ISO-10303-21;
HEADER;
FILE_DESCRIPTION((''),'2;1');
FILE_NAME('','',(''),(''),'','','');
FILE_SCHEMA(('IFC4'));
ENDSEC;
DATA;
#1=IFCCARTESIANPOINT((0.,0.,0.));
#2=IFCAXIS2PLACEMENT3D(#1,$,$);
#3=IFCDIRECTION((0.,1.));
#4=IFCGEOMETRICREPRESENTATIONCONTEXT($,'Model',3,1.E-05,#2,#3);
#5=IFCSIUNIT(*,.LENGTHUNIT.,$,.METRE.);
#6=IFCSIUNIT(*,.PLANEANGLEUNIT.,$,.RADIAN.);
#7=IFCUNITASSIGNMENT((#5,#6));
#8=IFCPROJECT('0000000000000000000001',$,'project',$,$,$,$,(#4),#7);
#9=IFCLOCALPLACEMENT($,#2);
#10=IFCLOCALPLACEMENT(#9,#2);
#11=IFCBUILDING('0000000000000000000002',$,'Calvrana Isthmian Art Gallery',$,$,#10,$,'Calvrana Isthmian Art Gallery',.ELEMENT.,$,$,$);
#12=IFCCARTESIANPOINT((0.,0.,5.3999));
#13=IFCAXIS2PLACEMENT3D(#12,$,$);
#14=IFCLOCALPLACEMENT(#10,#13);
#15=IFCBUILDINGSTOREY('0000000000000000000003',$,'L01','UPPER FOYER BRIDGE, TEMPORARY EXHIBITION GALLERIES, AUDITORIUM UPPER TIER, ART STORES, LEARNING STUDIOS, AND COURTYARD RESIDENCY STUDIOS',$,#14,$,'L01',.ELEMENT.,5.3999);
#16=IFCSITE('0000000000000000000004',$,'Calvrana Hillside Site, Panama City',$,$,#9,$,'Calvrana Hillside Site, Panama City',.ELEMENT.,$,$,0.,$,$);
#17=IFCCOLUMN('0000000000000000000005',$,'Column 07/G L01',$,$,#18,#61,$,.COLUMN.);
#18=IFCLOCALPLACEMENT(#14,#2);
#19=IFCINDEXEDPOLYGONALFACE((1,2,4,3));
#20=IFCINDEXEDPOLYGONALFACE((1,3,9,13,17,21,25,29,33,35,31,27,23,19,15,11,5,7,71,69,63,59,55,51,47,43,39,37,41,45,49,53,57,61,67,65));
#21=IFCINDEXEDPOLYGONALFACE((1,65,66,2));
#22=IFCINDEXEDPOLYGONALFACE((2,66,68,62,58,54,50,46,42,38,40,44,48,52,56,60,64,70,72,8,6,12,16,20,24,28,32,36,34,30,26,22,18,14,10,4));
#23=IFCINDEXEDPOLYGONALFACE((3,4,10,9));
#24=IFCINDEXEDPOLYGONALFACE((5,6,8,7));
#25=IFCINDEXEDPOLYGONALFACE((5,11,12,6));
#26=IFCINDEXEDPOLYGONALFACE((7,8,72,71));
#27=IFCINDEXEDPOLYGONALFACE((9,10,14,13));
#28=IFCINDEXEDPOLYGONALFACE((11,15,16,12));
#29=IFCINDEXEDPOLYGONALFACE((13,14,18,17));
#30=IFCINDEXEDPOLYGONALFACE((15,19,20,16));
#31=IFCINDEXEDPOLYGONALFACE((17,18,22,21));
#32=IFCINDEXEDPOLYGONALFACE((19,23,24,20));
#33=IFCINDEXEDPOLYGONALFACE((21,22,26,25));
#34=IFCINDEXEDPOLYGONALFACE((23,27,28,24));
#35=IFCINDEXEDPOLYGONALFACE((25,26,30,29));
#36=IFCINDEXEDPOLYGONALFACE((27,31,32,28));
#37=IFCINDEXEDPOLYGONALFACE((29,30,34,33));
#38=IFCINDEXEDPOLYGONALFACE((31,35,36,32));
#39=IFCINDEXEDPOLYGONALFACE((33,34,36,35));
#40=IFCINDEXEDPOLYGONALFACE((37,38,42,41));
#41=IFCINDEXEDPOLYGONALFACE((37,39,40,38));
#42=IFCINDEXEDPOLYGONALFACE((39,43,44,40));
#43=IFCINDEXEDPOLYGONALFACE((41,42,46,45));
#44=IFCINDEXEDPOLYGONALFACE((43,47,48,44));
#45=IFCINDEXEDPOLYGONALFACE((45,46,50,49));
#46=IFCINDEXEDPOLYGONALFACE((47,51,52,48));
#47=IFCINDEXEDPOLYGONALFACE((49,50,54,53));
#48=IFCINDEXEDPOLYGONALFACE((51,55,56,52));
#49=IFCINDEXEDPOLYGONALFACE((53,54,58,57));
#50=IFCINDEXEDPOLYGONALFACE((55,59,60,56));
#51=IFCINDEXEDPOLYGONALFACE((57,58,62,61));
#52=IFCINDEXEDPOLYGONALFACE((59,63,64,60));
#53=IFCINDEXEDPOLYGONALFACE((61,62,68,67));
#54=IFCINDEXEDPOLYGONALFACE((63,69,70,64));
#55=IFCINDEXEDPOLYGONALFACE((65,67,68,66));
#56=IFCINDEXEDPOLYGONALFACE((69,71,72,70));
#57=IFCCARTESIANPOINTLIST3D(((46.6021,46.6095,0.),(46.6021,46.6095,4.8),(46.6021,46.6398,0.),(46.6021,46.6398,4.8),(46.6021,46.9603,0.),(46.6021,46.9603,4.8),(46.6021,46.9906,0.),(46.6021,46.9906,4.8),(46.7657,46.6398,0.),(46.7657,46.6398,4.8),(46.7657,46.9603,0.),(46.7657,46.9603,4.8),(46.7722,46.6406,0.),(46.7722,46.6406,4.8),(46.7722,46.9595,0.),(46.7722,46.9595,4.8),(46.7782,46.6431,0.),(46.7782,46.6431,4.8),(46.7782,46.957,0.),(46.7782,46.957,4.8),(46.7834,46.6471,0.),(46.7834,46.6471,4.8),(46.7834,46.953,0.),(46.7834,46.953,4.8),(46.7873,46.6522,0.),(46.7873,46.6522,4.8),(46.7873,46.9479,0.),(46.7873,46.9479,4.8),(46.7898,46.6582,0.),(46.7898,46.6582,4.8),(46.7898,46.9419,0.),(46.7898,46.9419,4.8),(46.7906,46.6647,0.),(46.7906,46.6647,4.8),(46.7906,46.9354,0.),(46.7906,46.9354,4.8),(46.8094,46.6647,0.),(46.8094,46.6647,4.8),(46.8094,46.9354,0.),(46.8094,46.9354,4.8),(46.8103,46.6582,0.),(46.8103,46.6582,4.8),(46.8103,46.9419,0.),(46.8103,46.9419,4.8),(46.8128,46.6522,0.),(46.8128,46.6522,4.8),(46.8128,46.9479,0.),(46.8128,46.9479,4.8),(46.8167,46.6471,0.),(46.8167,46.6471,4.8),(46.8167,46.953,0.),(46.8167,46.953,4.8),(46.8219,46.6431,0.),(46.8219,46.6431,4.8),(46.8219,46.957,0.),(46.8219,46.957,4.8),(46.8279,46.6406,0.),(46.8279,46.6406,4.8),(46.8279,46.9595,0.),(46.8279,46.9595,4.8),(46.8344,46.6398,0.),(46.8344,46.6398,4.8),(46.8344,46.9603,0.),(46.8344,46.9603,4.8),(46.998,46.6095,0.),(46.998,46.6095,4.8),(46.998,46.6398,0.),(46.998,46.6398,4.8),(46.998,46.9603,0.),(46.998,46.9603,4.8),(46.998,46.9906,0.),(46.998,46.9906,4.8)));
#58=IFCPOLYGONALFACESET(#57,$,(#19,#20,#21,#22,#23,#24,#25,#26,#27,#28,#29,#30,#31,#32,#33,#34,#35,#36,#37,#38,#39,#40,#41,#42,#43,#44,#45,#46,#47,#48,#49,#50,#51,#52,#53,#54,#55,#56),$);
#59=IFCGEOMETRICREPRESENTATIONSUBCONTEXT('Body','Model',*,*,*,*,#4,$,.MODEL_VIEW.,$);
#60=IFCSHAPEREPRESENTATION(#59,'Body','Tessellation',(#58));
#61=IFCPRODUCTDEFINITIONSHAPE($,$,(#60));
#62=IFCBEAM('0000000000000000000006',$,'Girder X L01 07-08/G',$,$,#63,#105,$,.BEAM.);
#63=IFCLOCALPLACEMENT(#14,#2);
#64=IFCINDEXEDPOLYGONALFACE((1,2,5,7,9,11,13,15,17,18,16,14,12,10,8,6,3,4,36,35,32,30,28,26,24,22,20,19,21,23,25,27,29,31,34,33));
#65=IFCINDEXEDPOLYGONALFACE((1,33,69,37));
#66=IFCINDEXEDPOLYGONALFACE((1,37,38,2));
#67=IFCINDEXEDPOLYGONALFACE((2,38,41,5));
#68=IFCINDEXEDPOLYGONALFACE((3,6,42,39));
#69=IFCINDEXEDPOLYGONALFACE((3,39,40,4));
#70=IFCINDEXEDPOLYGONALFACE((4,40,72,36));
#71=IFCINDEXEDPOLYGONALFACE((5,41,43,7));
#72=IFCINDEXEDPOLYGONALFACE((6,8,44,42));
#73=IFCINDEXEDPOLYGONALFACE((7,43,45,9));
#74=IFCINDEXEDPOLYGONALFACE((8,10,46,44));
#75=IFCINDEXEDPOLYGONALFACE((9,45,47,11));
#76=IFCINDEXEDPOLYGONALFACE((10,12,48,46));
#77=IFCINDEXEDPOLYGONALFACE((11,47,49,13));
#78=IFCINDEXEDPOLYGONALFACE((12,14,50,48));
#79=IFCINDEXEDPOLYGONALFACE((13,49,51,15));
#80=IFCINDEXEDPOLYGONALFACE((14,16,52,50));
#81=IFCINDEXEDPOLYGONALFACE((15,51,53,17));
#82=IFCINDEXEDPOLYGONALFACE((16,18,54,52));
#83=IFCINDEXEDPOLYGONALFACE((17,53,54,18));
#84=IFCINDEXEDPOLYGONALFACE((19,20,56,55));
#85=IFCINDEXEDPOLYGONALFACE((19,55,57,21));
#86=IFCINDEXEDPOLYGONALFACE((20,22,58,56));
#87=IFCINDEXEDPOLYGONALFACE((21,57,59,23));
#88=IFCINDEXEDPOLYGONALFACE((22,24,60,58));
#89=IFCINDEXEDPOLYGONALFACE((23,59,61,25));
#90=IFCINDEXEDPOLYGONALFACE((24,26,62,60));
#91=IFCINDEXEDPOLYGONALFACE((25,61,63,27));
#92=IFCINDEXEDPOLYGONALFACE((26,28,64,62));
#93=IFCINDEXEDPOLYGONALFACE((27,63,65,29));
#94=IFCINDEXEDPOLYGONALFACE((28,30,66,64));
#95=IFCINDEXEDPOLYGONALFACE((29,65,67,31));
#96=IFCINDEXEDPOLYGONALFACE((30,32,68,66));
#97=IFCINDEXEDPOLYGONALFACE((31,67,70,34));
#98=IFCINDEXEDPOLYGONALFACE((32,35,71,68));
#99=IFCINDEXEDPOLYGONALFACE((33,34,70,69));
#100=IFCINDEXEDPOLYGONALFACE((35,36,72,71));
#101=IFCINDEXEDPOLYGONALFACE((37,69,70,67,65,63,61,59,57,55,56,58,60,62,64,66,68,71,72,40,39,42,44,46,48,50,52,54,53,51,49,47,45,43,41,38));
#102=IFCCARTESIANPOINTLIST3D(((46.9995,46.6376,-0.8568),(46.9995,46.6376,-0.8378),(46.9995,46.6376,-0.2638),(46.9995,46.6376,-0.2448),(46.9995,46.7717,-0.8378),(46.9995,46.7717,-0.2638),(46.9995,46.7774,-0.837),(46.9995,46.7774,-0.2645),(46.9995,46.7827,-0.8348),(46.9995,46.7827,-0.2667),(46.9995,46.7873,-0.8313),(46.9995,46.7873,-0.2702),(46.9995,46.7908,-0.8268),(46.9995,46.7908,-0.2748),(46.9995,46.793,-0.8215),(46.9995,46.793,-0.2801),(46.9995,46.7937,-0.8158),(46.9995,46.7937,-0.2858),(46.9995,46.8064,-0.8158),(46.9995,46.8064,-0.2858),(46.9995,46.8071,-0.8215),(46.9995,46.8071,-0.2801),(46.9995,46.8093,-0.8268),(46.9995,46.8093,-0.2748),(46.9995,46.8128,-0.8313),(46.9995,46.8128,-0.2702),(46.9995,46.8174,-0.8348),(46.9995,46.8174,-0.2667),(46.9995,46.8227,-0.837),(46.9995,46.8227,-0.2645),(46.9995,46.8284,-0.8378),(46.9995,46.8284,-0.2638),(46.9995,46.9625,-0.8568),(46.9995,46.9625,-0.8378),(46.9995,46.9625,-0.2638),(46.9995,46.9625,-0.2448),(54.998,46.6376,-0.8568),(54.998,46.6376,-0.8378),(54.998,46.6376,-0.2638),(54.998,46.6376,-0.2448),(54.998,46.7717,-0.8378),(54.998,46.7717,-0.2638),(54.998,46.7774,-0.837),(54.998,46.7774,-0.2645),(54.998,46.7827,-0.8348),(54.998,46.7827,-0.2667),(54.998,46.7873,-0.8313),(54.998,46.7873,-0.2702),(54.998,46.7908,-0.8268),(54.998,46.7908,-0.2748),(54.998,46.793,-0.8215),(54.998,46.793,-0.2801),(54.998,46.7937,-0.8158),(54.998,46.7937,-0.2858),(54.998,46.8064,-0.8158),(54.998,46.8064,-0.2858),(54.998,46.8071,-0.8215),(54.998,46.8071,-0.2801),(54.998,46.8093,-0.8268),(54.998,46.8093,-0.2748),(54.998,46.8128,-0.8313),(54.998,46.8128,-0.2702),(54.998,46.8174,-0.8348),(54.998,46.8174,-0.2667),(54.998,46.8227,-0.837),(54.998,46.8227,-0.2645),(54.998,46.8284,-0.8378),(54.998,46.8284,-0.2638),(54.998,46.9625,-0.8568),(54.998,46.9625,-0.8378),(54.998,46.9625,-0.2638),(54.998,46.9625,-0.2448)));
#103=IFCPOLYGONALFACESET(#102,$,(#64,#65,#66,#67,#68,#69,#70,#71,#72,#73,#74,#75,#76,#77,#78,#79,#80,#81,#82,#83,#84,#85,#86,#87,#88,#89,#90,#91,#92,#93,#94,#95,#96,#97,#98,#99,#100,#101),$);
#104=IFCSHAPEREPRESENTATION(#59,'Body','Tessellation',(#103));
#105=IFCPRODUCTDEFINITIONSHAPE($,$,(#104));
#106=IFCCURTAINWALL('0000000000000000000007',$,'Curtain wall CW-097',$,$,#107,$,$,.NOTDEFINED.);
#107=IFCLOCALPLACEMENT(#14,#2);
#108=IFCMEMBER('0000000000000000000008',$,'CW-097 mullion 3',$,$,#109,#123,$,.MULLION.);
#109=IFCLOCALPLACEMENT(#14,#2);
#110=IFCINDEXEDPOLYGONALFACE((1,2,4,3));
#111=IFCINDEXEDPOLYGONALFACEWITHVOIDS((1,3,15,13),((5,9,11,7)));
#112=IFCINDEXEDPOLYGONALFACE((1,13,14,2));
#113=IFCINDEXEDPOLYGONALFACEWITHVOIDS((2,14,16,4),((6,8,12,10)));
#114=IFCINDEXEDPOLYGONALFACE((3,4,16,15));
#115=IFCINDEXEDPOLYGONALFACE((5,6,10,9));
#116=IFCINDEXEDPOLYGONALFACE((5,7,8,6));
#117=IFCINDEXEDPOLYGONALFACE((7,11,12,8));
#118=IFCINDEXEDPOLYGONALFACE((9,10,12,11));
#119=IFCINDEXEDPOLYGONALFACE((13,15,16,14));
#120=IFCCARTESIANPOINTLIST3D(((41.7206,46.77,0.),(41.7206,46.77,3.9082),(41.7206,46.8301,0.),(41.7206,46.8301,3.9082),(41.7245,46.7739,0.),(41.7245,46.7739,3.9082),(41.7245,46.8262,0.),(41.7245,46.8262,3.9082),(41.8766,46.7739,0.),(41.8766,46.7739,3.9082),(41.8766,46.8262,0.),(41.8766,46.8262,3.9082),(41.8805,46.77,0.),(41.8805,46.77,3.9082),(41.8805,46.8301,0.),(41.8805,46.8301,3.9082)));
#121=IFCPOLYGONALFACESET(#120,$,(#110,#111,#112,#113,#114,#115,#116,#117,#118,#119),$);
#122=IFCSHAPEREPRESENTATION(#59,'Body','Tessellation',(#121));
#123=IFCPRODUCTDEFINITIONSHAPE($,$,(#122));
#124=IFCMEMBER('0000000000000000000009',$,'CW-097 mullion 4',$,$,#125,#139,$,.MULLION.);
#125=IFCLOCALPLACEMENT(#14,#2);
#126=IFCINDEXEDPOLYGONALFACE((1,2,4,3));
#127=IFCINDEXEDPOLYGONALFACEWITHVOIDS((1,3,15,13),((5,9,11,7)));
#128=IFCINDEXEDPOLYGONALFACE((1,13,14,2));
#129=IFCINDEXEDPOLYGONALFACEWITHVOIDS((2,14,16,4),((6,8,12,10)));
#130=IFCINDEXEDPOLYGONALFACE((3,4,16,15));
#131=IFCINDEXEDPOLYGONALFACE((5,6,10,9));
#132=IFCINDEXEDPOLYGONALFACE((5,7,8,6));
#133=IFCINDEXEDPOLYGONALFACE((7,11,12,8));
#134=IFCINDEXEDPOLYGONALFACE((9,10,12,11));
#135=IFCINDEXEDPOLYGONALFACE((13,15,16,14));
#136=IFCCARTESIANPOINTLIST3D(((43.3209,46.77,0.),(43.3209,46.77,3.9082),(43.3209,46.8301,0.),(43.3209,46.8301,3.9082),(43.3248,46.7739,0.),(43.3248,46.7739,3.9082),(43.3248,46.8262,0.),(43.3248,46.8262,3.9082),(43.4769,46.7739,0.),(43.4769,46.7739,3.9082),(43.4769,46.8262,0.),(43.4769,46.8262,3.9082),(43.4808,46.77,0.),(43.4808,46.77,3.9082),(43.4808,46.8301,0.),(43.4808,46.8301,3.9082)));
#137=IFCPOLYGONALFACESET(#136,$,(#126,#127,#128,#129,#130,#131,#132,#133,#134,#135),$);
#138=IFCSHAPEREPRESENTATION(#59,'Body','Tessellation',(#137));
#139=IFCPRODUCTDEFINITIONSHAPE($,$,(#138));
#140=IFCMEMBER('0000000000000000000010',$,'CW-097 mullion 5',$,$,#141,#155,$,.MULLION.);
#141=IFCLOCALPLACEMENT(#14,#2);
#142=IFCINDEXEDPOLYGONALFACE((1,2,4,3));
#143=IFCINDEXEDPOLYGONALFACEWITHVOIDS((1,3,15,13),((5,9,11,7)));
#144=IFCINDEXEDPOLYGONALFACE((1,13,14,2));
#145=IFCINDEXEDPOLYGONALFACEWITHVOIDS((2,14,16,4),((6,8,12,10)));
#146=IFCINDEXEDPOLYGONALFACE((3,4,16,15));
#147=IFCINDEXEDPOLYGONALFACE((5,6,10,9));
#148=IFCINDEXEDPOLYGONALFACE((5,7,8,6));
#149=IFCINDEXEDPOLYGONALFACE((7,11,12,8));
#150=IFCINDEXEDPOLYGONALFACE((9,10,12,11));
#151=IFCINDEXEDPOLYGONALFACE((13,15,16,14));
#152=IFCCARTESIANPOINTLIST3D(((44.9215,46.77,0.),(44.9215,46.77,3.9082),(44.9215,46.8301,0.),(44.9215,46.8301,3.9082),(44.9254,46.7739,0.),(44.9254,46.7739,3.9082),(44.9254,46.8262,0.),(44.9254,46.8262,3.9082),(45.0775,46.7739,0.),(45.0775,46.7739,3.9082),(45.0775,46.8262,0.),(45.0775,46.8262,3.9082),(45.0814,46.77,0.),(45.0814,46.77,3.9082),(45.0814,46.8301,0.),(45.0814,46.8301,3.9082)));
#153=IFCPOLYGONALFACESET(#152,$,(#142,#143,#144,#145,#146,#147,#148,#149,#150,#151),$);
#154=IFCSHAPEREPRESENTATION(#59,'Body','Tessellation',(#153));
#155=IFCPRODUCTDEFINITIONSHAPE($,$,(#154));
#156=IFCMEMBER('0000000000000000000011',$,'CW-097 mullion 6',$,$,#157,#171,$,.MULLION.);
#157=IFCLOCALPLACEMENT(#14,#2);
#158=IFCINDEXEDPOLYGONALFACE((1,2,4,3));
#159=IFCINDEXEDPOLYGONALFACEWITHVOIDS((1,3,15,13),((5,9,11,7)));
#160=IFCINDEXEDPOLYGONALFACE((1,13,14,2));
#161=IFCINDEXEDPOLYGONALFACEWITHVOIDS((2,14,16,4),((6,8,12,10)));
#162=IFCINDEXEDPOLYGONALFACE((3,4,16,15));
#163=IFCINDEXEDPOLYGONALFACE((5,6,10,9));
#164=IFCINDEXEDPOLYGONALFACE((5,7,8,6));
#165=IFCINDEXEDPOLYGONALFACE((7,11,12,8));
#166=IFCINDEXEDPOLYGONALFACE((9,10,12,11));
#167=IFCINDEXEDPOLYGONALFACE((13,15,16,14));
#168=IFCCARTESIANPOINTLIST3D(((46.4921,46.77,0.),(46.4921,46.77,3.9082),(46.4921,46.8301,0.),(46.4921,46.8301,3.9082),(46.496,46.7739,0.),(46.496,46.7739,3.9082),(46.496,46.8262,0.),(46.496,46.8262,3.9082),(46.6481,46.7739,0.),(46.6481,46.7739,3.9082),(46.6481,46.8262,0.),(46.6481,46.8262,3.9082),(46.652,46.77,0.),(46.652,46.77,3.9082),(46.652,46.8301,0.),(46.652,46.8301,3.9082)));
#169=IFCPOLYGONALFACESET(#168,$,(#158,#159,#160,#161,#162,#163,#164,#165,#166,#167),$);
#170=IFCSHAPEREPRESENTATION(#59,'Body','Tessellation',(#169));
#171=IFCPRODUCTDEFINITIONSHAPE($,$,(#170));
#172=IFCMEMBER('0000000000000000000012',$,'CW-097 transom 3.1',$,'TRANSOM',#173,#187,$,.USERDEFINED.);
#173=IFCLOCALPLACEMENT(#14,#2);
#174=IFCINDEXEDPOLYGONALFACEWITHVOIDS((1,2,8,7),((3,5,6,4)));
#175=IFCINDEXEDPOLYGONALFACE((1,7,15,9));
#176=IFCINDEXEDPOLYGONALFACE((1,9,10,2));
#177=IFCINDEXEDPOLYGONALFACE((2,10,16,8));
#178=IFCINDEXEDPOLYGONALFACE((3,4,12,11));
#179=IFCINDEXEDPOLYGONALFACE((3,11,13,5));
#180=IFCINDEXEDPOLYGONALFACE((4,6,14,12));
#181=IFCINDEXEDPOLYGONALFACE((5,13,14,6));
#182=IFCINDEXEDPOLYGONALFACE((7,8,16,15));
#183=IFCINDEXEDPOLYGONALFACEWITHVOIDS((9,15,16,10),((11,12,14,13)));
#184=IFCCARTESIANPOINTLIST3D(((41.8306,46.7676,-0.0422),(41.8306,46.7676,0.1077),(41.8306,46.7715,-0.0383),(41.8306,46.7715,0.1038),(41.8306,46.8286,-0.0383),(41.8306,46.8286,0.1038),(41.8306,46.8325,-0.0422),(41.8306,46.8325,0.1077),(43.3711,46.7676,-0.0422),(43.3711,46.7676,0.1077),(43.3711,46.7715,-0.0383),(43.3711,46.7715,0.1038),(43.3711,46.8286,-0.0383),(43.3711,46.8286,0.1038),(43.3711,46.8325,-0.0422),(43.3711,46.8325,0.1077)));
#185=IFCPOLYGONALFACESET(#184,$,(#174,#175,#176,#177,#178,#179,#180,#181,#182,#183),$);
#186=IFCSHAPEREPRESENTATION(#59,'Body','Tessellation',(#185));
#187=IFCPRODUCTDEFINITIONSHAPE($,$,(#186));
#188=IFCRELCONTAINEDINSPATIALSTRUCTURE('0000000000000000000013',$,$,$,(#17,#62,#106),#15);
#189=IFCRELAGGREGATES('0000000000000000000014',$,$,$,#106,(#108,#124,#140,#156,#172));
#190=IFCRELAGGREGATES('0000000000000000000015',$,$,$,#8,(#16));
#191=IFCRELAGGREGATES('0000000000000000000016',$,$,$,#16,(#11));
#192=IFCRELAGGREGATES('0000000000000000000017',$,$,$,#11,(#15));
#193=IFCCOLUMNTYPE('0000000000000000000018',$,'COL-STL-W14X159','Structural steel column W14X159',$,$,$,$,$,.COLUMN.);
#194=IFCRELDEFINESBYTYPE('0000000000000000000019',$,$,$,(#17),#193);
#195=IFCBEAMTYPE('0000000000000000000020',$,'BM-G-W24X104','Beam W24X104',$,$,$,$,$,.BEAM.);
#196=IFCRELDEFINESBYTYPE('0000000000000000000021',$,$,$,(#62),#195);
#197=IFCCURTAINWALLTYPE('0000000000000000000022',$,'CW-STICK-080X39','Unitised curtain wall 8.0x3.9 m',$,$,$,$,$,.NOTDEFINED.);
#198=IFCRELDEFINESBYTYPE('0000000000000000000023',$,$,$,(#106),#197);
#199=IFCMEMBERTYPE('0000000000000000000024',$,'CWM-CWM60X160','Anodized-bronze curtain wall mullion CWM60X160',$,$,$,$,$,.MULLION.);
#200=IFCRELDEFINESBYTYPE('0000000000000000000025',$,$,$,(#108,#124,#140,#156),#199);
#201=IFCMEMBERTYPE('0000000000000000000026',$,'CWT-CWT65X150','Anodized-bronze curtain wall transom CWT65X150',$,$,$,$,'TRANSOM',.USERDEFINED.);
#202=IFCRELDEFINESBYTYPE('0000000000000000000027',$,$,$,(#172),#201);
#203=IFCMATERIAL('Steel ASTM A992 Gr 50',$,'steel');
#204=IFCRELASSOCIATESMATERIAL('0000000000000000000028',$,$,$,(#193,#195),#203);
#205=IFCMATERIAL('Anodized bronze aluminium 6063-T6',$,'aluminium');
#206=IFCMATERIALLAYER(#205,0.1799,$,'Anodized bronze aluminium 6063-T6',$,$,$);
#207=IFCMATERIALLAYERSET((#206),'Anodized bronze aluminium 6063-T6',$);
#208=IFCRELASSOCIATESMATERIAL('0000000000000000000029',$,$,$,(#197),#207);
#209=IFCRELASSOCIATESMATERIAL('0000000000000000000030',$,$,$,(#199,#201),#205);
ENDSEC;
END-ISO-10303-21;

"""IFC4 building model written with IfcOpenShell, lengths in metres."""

from ifc_helpers import new_model, si_unit, direction, frame, origin, origin_2d, place, context, subcontext, project, spatial, hollow_rectangle, i_section, extrude, material, layer, layer_set, material_profile, profile_set, type_object, element, aggregate, save


model = new_model("IFC4")

# Units and contexts
model_context = context("Model", 3, precision=1e-05, world=origin(), true_north=direction((0.0, 1.0)))
body_context = subcontext(model_context, "Body", "Model", "MODEL_VIEW")
ifc_project = project(units=[si_unit("LENGTHUNIT", "METRE"), si_unit("PLANEANGLEUNIT", "RADIAN")], contexts=[model_context])

# Site, building, storey
site_placement = place(None, origin())
site = spatial("IfcSite", under=ifc_project, at=site_placement, Name="Calvrana Hillside Site, Panama City", LongName="Calvrana Hillside Site, Panama City", CompositionType="ELEMENT", RefElevation=0.0)
building_placement = place(site_placement, origin())
building = spatial("IfcBuilding", under=site, at=building_placement, Name="Calvrana Isthmian Art Gallery", LongName="Calvrana Isthmian Art Gallery", CompositionType="ELEMENT")
storey_placement = place(building_placement, frame((0.0, 0.0, 5.3999)))
storey = spatial("IfcBuildingStorey", under=building, at=storey_placement, Name="L01", Description="UPPER FOYER BRIDGE, TEMPORARY EXHIBITION GALLERIES, AUDITORIUM UPPER TIER, ART STORES, LEARNING STUDIOS, AND COURTYARD RESIDENCY STUDIOS", LongName="L01", CompositionType="ELEMENT", Elevation=5.3999)

# Column
ifc_material_1 = material(Name="Steel ASTM A992 Gr 50", Category="steel")
ifc_material_profile_1 = material_profile(ifc_material_1, i_section(OverallWidth=0.396, OverallDepth=0.3811, WebThickness=0.0188, FlangeThickness=0.0303, FilletRadius=0.0249, at=origin_2d()), Name="W14X159")
ifc_profile_set_1 = profile_set([ifc_material_profile_1], Name="Steel ASTM A992 Gr 50")
column_type = type_object("IfcColumnType", Name="COL-STL-W14X159", Description="Structural steel column W14X159", PredefinedType="COLUMN", material=ifc_profile_set_1)
column_placement = place(storey_placement, frame((46.8, 46.8, 0.0), z_axis=(0.0, 0.0, 1.0), x_axis=(1.0, 0.0, 0.0)))
element("IfcColumn", 1, at=column_placement, inside=storey, type_object=column_type, Name="Column 07/G L01", PredefinedType="COLUMN", context=body_context, shape_type="SweptSolid", body=[
    extrude(i_section(OverallWidth=0.396, OverallDepth=0.3811, WebThickness=0.0188, FlangeThickness=0.0303, FilletRadius=0.0249, at=origin_2d()), origin(), (0.0, 0.0, 1.0), 4.8),
])

# Beam
ifc_material_profile_2 = material_profile(ifc_material_1, i_section(OverallWidth=0.325, OverallDepth=0.6121, WebThickness=0.0127, FlangeThickness=0.019, FilletRadius=0.022, at=origin_2d()), Name="W24X104")
ifc_profile_set_2 = profile_set([ifc_material_profile_2], Name="Steel ASTM A992 Gr 50")
beam_type = type_object("IfcBeamType", Name="BM-G-W24X104", Description="Beam W24X104", PredefinedType="BEAM", material=ifc_profile_set_2)
beam_placement = place(storey_placement, frame((46.9995, 46.8, -0.5508), z_axis=(1.0, 0.0, 0.0), x_axis=(0.0, 1.0, 0.0)))
element("IfcBeam", 2, at=beam_placement, inside=storey, type_object=beam_type, Name="Girder X L01 07-08/G", PredefinedType="BEAM", context=body_context, shape_type="SweptSolid", body=[
    extrude(i_section(OverallWidth=0.325, OverallDepth=0.6121, WebThickness=0.0127, FlangeThickness=0.019, FilletRadius=0.022, at=origin_2d()), origin(), (0.0, 0.0, 1.0), 7.9985),
])

# Curtain wall, members
ifc_material_2 = material(Name="Anodized bronze aluminium 6063-T6", Category="aluminium")
ifc_layer_1 = layer(ifc_material_2, 0.1799, Name="Anodized bronze aluminium 6063-T6")
ifc_layer_set_1 = layer_set([ifc_layer_1], Name="Anodized bronze aluminium 6063-T6")
curtain_wall_type = type_object("IfcCurtainWallType", Name="CW-STICK-080X39", Description="Unitised curtain wall 8.0x3.9 m", PredefinedType="NOTDEFINED", material=ifc_layer_set_1)
curtain_wall_placement = place(storey_placement, origin())
curtain_wall = element("IfcCurtainWall", 3, at=curtain_wall_placement, inside=storey, type_object=curtain_wall_type, Name="Curtain wall CW-097", PredefinedType="NOTDEFINED")
ifc_material_profile_3 = material_profile(ifc_material_2, hollow_rectangle(XDim=0.0601, YDim=0.1599, WallThickness=0.0039, at=origin_2d()), Name="CWM60X160")
ifc_profile_set_3 = profile_set([ifc_material_profile_3], Name="Anodized bronze aluminium 6063-T6")
member_type_1 = type_object("IfcMemberType", Name="CWM-CWM60X160", Description="Anodized-bronze curtain wall mullion CWM60X160", PredefinedType="MULLION", material=ifc_profile_set_3)
member_1_placement = place(storey_placement, frame((41.8005, 46.8, 0.0), z_axis=(0.0, 0.0, 1.0), x_axis=(0.0, 1.0, 0.0)))
member_1 = element("IfcMember", 4, at=member_1_placement, type_object=member_type_1, Name="CW-097 mullion 3", PredefinedType="MULLION", context=body_context, shape_type="SweptSolid", body=[
    extrude(hollow_rectangle(XDim=0.0601, YDim=0.1599, WallThickness=0.0039, at=origin_2d()), origin(), (0.0, 0.0, 1.0), 3.9082),
])
member_2_placement = place(storey_placement, frame((43.4009, 46.8, 0.0), z_axis=(0.0, 0.0, 1.0), x_axis=(0.0, 1.0, 0.0)))
member_2 = element("IfcMember", 5, at=member_2_placement, type_object=member_type_1, Name="CW-097 mullion 4", PredefinedType="MULLION", context=body_context, shape_type="SweptSolid", body=[
    extrude(hollow_rectangle(XDim=0.0601, YDim=0.1599, WallThickness=0.0039, at=origin_2d()), origin(), (0.0, 0.0, 1.0), 3.9082),
])
member_3_placement = place(storey_placement, frame((45.0015, 46.8, 0.0), z_axis=(0.0, 0.0, 1.0), x_axis=(0.0, 1.0, 0.0)))
member_3 = element("IfcMember", 6, at=member_3_placement, type_object=member_type_1, Name="CW-097 mullion 5", PredefinedType="MULLION", context=body_context, shape_type="SweptSolid", body=[
    extrude(hollow_rectangle(XDim=0.0601, YDim=0.1599, WallThickness=0.0039, at=origin_2d()), origin(), (0.0, 0.0, 1.0), 3.9082),
])
member_4_placement = place(storey_placement, frame((46.572, 46.8, 0.0), z_axis=(0.0, 0.0, 1.0), x_axis=(0.0, 1.0, 0.0)))
member_4 = element("IfcMember", 7, at=member_4_placement, type_object=member_type_1, Name="CW-097 mullion 6", PredefinedType="MULLION", context=body_context, shape_type="SweptSolid", body=[
    extrude(hollow_rectangle(XDim=0.0601, YDim=0.1599, WallThickness=0.0039, at=origin_2d()), origin(), (0.0, 0.0, 1.0), 3.9082),
])
ifc_material_profile_4 = material_profile(ifc_material_2, hollow_rectangle(XDim=0.0649, YDim=0.1499, WallThickness=0.0039, at=origin_2d()), Name="CWT65X150")
ifc_profile_set_4 = profile_set([ifc_material_profile_4], Name="Anodized bronze aluminium 6063-T6")
member_type_2 = type_object("IfcMemberType", Name="CWT-CWT65X150", Description="Anodized-bronze curtain wall transom CWT65X150", ElementType="TRANSOM", PredefinedType="USERDEFINED", material=ifc_profile_set_4)
member_5_placement = place(storey_placement, frame((41.8306, 46.8, 0.0327), z_axis=(1.0, 0.0, 0.0), x_axis=(0.0, 1.0, 0.0)))
member_5 = element("IfcMember", 8, at=member_5_placement, type_object=member_type_2, Name="CW-097 transom 3.1", ObjectType="TRANSOM", PredefinedType="USERDEFINED", context=body_context, shape_type="SweptSolid", body=[
    extrude(hollow_rectangle(XDim=0.0649, YDim=0.1499, WallThickness=0.0039, at=origin_2d()), origin(), (0.0, 0.0, 1.0), 1.5405),
])

aggregate(curtain_wall, [member_1, member_2, member_3, member_4, member_5])

save(model, "model.ifc")
